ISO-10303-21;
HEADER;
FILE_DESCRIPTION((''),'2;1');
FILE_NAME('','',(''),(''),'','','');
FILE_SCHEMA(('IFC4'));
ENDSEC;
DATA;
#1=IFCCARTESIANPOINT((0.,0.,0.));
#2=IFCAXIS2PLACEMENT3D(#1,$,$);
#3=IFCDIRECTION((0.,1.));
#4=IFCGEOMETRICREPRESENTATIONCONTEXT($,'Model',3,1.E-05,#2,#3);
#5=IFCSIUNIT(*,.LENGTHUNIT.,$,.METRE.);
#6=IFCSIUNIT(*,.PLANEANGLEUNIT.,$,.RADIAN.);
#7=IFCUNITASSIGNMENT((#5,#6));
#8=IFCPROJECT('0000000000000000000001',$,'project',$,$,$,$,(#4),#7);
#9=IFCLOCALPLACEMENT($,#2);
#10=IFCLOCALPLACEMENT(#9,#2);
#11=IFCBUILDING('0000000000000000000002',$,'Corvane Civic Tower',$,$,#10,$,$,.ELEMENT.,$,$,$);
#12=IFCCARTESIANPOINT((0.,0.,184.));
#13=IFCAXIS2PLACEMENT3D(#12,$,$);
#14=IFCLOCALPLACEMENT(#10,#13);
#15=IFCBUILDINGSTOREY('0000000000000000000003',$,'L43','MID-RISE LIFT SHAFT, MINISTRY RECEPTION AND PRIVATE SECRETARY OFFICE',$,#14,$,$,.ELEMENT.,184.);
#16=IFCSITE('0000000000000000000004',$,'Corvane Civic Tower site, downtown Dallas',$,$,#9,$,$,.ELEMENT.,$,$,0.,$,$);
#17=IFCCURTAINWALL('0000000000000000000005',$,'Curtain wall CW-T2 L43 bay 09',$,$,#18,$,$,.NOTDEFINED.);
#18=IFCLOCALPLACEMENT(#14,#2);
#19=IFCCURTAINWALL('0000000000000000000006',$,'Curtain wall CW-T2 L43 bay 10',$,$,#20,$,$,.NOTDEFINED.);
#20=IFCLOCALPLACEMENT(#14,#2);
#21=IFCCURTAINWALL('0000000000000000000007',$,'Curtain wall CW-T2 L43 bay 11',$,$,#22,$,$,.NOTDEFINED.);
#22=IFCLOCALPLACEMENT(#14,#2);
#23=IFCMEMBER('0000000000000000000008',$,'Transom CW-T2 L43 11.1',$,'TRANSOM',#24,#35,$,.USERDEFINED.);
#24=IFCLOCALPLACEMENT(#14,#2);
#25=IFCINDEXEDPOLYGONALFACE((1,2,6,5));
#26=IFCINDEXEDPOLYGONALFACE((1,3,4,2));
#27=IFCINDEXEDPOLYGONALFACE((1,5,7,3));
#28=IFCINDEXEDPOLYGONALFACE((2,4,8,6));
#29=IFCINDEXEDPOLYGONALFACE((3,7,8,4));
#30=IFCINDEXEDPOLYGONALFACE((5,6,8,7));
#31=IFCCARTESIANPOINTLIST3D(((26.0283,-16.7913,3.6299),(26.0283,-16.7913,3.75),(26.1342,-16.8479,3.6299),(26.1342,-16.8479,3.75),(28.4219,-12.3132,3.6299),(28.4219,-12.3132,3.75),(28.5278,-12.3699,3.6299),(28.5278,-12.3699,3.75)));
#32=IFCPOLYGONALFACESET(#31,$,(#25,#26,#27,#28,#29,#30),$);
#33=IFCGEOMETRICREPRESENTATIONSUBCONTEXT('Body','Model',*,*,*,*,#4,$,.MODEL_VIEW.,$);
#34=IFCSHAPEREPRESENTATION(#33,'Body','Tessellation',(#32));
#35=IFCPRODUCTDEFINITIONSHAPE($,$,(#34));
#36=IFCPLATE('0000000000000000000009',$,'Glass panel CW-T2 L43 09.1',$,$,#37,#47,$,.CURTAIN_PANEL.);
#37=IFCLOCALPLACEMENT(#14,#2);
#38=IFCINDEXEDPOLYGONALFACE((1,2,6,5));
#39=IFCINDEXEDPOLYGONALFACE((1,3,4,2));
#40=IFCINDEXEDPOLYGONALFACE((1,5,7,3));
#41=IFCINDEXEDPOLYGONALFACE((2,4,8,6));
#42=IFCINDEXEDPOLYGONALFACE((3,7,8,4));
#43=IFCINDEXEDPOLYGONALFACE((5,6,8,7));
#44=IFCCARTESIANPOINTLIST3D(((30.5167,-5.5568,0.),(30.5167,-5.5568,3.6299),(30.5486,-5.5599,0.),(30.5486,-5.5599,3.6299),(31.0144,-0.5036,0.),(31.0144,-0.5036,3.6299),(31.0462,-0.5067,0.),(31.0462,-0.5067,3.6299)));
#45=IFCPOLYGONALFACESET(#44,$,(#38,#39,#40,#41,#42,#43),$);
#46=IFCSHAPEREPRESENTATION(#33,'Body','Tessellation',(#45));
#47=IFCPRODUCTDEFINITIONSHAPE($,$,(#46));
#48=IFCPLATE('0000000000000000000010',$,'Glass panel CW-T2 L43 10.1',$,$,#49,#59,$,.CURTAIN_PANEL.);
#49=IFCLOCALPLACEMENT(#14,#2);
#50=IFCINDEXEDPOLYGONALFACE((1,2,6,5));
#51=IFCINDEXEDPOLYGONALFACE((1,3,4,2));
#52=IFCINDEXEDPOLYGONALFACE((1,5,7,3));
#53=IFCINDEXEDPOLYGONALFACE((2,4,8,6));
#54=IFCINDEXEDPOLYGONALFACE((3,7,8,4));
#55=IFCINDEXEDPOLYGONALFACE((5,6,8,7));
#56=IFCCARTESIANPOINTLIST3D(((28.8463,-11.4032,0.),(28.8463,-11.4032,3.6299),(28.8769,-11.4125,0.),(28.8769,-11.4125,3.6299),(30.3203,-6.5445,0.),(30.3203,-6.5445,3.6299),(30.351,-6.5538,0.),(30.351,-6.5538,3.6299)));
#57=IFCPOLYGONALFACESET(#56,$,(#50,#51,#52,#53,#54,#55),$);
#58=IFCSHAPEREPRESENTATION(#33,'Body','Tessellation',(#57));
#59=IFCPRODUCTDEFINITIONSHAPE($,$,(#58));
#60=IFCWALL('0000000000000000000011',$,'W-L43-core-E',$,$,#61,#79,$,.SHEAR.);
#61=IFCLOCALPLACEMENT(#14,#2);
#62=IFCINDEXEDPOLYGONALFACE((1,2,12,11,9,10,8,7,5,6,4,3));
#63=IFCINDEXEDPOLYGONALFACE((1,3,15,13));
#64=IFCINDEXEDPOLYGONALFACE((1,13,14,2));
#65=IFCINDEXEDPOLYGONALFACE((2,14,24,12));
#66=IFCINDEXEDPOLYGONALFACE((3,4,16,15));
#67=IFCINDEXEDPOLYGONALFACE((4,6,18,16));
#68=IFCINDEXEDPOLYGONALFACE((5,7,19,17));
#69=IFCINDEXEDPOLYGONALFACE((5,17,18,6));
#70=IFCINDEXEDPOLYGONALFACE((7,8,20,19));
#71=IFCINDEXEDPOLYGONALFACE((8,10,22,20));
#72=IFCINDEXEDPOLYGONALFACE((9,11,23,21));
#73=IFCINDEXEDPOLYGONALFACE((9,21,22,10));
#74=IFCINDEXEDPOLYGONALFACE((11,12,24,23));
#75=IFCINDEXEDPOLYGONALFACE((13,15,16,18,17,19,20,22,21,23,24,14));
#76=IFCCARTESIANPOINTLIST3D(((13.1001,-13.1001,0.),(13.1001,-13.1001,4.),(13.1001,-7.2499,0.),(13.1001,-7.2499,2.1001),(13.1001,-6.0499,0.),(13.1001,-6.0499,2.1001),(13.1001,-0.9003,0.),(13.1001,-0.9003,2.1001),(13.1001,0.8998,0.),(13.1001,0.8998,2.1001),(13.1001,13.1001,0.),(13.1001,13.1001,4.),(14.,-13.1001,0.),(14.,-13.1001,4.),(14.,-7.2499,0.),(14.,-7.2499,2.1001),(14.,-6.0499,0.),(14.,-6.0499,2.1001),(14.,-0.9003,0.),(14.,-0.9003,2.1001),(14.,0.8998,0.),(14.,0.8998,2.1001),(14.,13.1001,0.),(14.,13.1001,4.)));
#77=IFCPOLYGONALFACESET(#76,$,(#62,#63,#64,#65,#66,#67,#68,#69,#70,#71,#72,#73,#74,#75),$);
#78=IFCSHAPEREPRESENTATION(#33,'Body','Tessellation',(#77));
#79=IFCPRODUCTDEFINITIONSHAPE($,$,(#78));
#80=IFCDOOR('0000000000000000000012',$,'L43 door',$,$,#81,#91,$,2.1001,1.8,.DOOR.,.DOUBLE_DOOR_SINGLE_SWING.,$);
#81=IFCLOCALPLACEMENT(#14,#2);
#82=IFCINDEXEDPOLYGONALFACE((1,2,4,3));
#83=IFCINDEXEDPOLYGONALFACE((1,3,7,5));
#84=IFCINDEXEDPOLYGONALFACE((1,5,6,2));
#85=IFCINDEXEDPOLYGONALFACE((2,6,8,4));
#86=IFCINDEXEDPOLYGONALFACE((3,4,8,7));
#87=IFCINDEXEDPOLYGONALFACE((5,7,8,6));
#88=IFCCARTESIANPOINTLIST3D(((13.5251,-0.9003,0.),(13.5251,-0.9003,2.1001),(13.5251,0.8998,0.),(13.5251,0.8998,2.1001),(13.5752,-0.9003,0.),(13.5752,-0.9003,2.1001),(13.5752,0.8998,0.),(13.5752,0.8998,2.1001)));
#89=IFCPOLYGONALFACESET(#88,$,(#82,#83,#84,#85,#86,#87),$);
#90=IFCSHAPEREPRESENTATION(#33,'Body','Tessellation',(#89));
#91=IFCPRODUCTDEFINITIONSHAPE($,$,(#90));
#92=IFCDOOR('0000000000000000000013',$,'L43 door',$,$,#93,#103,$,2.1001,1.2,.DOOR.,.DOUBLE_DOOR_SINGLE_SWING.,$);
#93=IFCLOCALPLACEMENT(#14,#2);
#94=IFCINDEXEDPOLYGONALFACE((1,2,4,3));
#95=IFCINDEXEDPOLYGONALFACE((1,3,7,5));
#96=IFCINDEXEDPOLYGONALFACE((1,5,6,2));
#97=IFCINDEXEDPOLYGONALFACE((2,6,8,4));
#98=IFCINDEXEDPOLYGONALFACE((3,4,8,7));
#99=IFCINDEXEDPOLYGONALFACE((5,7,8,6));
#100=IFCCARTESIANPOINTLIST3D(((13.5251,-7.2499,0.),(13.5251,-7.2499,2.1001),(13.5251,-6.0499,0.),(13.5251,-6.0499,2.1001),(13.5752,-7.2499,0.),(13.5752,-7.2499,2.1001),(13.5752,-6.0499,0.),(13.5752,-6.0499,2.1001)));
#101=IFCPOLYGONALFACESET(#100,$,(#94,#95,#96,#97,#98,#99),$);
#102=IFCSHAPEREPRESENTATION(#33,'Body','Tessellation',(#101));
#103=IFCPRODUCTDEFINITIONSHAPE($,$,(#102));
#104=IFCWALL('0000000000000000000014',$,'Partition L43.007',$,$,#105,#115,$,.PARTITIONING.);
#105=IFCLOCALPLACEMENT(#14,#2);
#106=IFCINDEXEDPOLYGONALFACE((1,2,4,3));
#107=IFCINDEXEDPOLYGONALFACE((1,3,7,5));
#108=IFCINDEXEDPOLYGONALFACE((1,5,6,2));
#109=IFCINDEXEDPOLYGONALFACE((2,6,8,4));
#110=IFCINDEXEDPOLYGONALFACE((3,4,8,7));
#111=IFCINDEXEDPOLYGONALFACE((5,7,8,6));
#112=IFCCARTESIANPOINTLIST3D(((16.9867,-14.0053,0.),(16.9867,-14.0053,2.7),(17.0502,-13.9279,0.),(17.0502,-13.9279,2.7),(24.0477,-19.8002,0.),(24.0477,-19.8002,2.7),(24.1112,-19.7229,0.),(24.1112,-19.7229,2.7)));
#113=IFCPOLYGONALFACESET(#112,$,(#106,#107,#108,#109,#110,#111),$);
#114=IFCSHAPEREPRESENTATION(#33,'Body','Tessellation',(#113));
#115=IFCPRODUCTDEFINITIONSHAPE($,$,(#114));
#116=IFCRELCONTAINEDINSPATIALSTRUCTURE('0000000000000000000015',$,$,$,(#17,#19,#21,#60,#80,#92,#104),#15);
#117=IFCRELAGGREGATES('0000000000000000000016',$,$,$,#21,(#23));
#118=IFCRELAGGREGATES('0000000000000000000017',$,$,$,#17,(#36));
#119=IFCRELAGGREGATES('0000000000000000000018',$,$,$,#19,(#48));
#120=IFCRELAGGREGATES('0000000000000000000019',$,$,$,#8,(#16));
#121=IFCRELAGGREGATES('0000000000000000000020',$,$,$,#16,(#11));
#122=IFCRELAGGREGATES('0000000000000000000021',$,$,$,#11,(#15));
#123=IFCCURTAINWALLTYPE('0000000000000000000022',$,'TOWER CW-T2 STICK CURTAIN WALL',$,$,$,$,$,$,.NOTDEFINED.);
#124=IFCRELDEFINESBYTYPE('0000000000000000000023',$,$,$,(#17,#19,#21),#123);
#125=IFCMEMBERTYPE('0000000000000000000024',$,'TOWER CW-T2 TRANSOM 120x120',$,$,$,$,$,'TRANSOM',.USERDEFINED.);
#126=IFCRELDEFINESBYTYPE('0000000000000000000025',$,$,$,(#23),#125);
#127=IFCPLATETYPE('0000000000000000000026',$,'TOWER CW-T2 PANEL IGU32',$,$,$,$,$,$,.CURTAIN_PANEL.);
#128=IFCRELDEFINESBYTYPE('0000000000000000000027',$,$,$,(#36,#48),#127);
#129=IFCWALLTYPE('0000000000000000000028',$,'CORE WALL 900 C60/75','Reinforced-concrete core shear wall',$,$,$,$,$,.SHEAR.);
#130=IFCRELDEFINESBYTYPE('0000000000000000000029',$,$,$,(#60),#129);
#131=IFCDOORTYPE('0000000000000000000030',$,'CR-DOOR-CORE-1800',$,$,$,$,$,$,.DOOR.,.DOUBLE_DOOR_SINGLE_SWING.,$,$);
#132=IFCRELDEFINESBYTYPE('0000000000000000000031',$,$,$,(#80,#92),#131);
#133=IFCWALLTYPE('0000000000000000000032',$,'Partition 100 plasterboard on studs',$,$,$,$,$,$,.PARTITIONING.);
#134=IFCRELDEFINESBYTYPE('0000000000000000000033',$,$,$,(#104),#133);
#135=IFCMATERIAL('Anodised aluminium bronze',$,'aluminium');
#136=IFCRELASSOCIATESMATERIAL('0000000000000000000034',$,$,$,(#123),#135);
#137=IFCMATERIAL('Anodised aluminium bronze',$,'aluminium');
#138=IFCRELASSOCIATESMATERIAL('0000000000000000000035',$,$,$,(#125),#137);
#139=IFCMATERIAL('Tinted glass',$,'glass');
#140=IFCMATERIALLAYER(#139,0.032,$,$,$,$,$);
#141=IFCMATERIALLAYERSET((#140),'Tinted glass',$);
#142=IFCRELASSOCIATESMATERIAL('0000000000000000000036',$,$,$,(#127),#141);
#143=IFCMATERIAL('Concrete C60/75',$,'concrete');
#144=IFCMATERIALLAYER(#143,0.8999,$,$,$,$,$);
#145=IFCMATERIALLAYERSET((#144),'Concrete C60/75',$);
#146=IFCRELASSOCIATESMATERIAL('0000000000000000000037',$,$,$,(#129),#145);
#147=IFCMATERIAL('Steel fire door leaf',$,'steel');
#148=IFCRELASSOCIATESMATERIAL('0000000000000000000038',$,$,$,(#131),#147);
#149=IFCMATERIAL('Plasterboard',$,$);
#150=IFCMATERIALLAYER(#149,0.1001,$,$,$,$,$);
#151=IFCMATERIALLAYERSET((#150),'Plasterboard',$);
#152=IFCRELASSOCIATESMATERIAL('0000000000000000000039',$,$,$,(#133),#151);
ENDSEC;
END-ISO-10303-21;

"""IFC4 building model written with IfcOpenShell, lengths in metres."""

from ifc_helpers import new_model, si_unit, direction, frame, frame_2d, origin, origin_2d, place, context, subcontext, project, spatial, rectangle, extrude, material, layer, layer_set, material_profile, profile_set, type_object, element, fill, aggregate, save


model = new_model("IFC4")

# Units and contexts
model_context = context("Model", 3, precision=1e-05, world=origin(), true_north=direction((0.0, 1.0)))
body_context = subcontext(model_context, "Body", "Model", "MODEL_VIEW")
ifc_project = project(units=[si_unit("LENGTHUNIT", "METRE"), si_unit("PLANEANGLEUNIT", "RADIAN")], contexts=[model_context])

# Site, building, storey
site_placement = place(None, origin())
site = spatial("IfcSite", under=ifc_project, at=site_placement, Name="Corvane Civic Tower site, downtown Dallas", CompositionType="ELEMENT", RefElevation=0.0)
building_placement = place(site_placement, origin())
building = spatial("IfcBuilding", under=site, at=building_placement, Name="Corvane Civic Tower", CompositionType="ELEMENT")
storey_placement = place(building_placement, frame((0.0, 0.0, 184.0)))
storey = spatial("IfcBuildingStorey", under=building, at=storey_placement, Name="L43", Description="MID-RISE LIFT SHAFT, MINISTRY RECEPTION AND PRIVATE SECRETARY OFFICE", CompositionType="ELEMENT", Elevation=184.0)

# Curtain walls, member
ifc_material_1 = material(Name="Anodised aluminium bronze", Category="aluminium")
curtain_wall_type = type_object("IfcCurtainWallType", Name="TOWER CW-T2 STICK CURTAIN WALL", PredefinedType="NOTDEFINED", material=ifc_material_1)
curtain_wall_1_placement = place(storey_placement, origin())
curtain_wall_1 = element("IfcCurtainWall", 1, at=curtain_wall_1_placement, inside=storey, type_object=curtain_wall_type, Name="Curtain wall CW-T2 L43 bay 09", PredefinedType="NOTDEFINED")
ifc_material_2 = material(Name="Anodised aluminium bronze", Category="aluminium")
ifc_material_profile_1 = material_profile(ifc_material_2, rectangle(XDim=0.1201, YDim=0.1201, at=origin_2d()), Name="TOWER CW-T2 TRANSOM 120x120")
ifc_profile_set_1 = profile_set([ifc_material_profile_1], Name="Anodised aluminium bronze")
member_type = type_object("IfcMemberType", Name="TOWER CW-T2 TRANSOM 120x120", ElementType="TRANSOM", PredefinedType="USERDEFINED", material=ifc_profile_set_1)
curtain_wall_2_placement = place(storey_placement, origin())
curtain_wall_2 = element("IfcCurtainWall", 2, at=curtain_wall_2_placement, inside=storey, type_object=curtain_wall_type, Name="Curtain wall CW-T2 L43 bay 10", PredefinedType="NOTDEFINED")
curtain_wall_3_placement = place(storey_placement, origin())
curtain_wall_3 = element("IfcCurtainWall", 3, at=curtain_wall_3_placement, inside=storey, type_object=curtain_wall_type, Name="Curtain wall CW-T2 L43 bay 11", PredefinedType="NOTDEFINED")
member_1_placement = place(storey_placement, frame((28.4749, -12.3416, 3.6899), z_axis=(-0.471397, -0.881921, 0.0), x_axis=(0.881921, -0.471397, 0.0)))
member_1 = element("IfcMember", 4, at=member_1_placement, type_object=member_type, Name="Transom CW-T2 L43 11.1", ObjectType="TRANSOM", PredefinedType="USERDEFINED", context=body_context, shape_type="SweptSolid", body=[
    extrude(rectangle(XDim=0.1201, YDim=0.1201, at=origin_2d()), origin(), (0.0, 0.0, 1.0), 5.0776),
])
aggregate(curtain_wall_3, [member_1])

# Plates
ifc_material_3 = material(Name="Tinted glass", Category="glass")
ifc_layer_1 = layer(ifc_material_3, 0.032)
ifc_layer_set_1 = layer_set([ifc_layer_1], Name="Tinted glass")
plate_type = type_object("IfcPlateType", Name="TOWER CW-T2 PANEL IGU32", PredefinedType="CURTAIN_PANEL", material=ifc_layer_set_1)
plate_1_placement = place(storey_placement, frame((30.7815, -3.0317, 0.0), z_axis=(0.0, 0.0, 1.0), x_axis=(-0.098012, -0.995185, 0.0)))
plate_1 = element("IfcPlate", 5, at=plate_1_placement, type_object=plate_type, Name="Glass panel CW-T2 L43 09.1", PredefinedType="CURTAIN_PANEL", context=body_context, shape_type="SweptSolid", body=[
    extrude(rectangle(XDim=5.0776, YDim=0.032, at=origin_2d()), origin(), (0.0, 0.0, 1.0), 3.6299),
])
aggregate(curtain_wall_1, [plate_1])
plate_2_placement = place(storey_placement, frame((29.5986, -8.9785, 0.0), z_axis=(0.0, 0.0, 1.0), x_axis=(-0.290313, -0.956932, 0.0)))
plate_2 = element("IfcPlate", 6, at=plate_2_placement, type_object=plate_type, Name="Glass panel CW-T2 L43 10.1", PredefinedType="CURTAIN_PANEL", context=body_context, shape_type="SweptSolid", body=[
    extrude(rectangle(XDim=5.0774, YDim=0.032, at=origin_2d()), origin(), (0.0, 0.0, 1.0), 3.6299),
])
aggregate(curtain_wall_2, [plate_2])

# Wall, openings, doors
ifc_material_4 = material(Name="Concrete C60/75", Category="concrete")
ifc_layer_2 = layer(ifc_material_4, 0.8999)
ifc_layer_set_2 = layer_set([ifc_layer_2], Name="Concrete C60/75")
wall_type_1 = type_object("IfcWallType", Name="CORE WALL 900 C60/75", Description="Reinforced-concrete core shear wall", PredefinedType="SHEAR", material=ifc_layer_set_2)
wall_1_placement = place(storey_placement, frame((13.55, -13.1001, 0.0), z_axis=(0.0, 0.0, 1.0), x_axis=(0.0, 1.0, 0.0)))
wall_1 = element("IfcWall", 7, at=wall_1_placement, inside=storey, type_object=wall_type_1, Name="W-L43-core-E", PredefinedType="SHEAR", context=body_context, shape_type="SweptSolid", body=[
    extrude(rectangle(XDim=26.2002, YDim=0.8999, at=frame_2d((13.1001, 0.0))), origin(), (0.0, 0.0, 1.0), 4.0),
])
opening_1_placement = place(wall_1_placement, frame((12.2, 0.0, 0.0)))
opening_1 = element("IfcOpeningElement", 8, at=opening_1_placement, cuts=wall_1, PredefinedType="OPENING", context=body_context, shape_type="SweptSolid", body=[
    extrude(rectangle(XDim=1.8, YDim=2.1001, at=frame_2d((0.8999, 1.05))), frame((0.0, 0.46, 0.0), z_axis=(0.0, -1.0, 0.0), x_axis=(1.0, 0.0, 0.0)), (0.0, 0.0, 1.0), 0.9199),
])
opening_2_placement = place(wall_1_placement, frame((5.8501, 0.0, 0.0)))
opening_2 = element("IfcOpeningElement", 9, at=opening_2_placement, cuts=wall_1, PredefinedType="OPENING", context=body_context, shape_type="SweptSolid", body=[
    extrude(rectangle(XDim=1.2, YDim=2.1001, at=frame_2d((0.6001, 1.05))), frame((0.0, 0.46, 0.0), z_axis=(0.0, -1.0, 0.0), x_axis=(1.0, 0.0, 0.0)), (0.0, 0.0, 1.0), 0.9199),
])
ifc_material_5 = material(Name="Steel fire door leaf", Category="steel")
door_type_1 = type_object("IfcDoorType", Name="CR-DOOR-CORE-1800", OperationType="DOUBLE_DOOR_SINGLE_SWING", PredefinedType="DOOR", material=ifc_material_5)
door_1_placement = place(opening_1_placement, origin())
door_1 = element("IfcDoor", 10, at=door_1_placement, inside=storey, type_object=door_type_1, Name="L43 door", OperationType="DOUBLE_DOOR_SINGLE_SWING", OverallHeight=2.1001, OverallWidth=1.8, PredefinedType="DOOR", context=body_context, shape_type="SweptSolid", body=[
    extrude(rectangle(XDim=1.8, YDim=2.1001, at=frame_2d((0.8999, 1.05))), frame((0.0, 0.0249, 0.0), z_axis=(0.0, -1.0, 0.0), x_axis=(1.0, 0.0, 0.0)), (0.0, 0.0, 1.0), 0.05),
])
fill(opening_1, door_1)
door_2_placement = place(opening_2_placement, origin())
door_2 = element("IfcDoor", 11, at=door_2_placement, inside=storey, type_object=door_type_1, Name="L43 door", OperationType="DOUBLE_DOOR_SINGLE_SWING", OverallHeight=2.1001, OverallWidth=1.2, PredefinedType="DOOR", context=body_context, shape_type="SweptSolid", body=[
    extrude(rectangle(XDim=1.2, YDim=2.1001, at=frame_2d((0.6001, 1.05))), frame((0.0, 0.0249, 0.0), z_axis=(0.0, -1.0, 0.0), x_axis=(1.0, 0.0, 0.0)), (0.0, 0.0, 1.0), 0.05),
])
fill(opening_2, door_2)

# Wall
ifc_material_6 = material(Name="Plasterboard")
ifc_layer_3 = layer(ifc_material_6, 0.1001)
ifc_layer_set_3 = layer_set([ifc_layer_3], Name="Plasterboard")
wall_type_2 = type_object("IfcWallType", Name="Partition 100 plasterboard on studs", PredefinedType="PARTITIONING", material=ifc_layer_set_3)
wall_2_placement = place(storey_placement, frame((17.0183, -13.9666, 0.0), z_axis=(0.0, 0.0, 1.0), x_axis=(0.773006, -0.634399, 0.0)))
element("IfcWall", 12, at=wall_2_placement, inside=storey, type_object=wall_type_2, Name="Partition L43.007", PredefinedType="PARTITIONING", context=body_context, shape_type="SweptSolid", body=[
    extrude(rectangle(XDim=9.1345, YDim=0.1001, at=frame_2d((4.5674, 0.0))), origin(), (0.0, 0.0, 1.0), 2.7),
])

save(model, "model.ifc")
